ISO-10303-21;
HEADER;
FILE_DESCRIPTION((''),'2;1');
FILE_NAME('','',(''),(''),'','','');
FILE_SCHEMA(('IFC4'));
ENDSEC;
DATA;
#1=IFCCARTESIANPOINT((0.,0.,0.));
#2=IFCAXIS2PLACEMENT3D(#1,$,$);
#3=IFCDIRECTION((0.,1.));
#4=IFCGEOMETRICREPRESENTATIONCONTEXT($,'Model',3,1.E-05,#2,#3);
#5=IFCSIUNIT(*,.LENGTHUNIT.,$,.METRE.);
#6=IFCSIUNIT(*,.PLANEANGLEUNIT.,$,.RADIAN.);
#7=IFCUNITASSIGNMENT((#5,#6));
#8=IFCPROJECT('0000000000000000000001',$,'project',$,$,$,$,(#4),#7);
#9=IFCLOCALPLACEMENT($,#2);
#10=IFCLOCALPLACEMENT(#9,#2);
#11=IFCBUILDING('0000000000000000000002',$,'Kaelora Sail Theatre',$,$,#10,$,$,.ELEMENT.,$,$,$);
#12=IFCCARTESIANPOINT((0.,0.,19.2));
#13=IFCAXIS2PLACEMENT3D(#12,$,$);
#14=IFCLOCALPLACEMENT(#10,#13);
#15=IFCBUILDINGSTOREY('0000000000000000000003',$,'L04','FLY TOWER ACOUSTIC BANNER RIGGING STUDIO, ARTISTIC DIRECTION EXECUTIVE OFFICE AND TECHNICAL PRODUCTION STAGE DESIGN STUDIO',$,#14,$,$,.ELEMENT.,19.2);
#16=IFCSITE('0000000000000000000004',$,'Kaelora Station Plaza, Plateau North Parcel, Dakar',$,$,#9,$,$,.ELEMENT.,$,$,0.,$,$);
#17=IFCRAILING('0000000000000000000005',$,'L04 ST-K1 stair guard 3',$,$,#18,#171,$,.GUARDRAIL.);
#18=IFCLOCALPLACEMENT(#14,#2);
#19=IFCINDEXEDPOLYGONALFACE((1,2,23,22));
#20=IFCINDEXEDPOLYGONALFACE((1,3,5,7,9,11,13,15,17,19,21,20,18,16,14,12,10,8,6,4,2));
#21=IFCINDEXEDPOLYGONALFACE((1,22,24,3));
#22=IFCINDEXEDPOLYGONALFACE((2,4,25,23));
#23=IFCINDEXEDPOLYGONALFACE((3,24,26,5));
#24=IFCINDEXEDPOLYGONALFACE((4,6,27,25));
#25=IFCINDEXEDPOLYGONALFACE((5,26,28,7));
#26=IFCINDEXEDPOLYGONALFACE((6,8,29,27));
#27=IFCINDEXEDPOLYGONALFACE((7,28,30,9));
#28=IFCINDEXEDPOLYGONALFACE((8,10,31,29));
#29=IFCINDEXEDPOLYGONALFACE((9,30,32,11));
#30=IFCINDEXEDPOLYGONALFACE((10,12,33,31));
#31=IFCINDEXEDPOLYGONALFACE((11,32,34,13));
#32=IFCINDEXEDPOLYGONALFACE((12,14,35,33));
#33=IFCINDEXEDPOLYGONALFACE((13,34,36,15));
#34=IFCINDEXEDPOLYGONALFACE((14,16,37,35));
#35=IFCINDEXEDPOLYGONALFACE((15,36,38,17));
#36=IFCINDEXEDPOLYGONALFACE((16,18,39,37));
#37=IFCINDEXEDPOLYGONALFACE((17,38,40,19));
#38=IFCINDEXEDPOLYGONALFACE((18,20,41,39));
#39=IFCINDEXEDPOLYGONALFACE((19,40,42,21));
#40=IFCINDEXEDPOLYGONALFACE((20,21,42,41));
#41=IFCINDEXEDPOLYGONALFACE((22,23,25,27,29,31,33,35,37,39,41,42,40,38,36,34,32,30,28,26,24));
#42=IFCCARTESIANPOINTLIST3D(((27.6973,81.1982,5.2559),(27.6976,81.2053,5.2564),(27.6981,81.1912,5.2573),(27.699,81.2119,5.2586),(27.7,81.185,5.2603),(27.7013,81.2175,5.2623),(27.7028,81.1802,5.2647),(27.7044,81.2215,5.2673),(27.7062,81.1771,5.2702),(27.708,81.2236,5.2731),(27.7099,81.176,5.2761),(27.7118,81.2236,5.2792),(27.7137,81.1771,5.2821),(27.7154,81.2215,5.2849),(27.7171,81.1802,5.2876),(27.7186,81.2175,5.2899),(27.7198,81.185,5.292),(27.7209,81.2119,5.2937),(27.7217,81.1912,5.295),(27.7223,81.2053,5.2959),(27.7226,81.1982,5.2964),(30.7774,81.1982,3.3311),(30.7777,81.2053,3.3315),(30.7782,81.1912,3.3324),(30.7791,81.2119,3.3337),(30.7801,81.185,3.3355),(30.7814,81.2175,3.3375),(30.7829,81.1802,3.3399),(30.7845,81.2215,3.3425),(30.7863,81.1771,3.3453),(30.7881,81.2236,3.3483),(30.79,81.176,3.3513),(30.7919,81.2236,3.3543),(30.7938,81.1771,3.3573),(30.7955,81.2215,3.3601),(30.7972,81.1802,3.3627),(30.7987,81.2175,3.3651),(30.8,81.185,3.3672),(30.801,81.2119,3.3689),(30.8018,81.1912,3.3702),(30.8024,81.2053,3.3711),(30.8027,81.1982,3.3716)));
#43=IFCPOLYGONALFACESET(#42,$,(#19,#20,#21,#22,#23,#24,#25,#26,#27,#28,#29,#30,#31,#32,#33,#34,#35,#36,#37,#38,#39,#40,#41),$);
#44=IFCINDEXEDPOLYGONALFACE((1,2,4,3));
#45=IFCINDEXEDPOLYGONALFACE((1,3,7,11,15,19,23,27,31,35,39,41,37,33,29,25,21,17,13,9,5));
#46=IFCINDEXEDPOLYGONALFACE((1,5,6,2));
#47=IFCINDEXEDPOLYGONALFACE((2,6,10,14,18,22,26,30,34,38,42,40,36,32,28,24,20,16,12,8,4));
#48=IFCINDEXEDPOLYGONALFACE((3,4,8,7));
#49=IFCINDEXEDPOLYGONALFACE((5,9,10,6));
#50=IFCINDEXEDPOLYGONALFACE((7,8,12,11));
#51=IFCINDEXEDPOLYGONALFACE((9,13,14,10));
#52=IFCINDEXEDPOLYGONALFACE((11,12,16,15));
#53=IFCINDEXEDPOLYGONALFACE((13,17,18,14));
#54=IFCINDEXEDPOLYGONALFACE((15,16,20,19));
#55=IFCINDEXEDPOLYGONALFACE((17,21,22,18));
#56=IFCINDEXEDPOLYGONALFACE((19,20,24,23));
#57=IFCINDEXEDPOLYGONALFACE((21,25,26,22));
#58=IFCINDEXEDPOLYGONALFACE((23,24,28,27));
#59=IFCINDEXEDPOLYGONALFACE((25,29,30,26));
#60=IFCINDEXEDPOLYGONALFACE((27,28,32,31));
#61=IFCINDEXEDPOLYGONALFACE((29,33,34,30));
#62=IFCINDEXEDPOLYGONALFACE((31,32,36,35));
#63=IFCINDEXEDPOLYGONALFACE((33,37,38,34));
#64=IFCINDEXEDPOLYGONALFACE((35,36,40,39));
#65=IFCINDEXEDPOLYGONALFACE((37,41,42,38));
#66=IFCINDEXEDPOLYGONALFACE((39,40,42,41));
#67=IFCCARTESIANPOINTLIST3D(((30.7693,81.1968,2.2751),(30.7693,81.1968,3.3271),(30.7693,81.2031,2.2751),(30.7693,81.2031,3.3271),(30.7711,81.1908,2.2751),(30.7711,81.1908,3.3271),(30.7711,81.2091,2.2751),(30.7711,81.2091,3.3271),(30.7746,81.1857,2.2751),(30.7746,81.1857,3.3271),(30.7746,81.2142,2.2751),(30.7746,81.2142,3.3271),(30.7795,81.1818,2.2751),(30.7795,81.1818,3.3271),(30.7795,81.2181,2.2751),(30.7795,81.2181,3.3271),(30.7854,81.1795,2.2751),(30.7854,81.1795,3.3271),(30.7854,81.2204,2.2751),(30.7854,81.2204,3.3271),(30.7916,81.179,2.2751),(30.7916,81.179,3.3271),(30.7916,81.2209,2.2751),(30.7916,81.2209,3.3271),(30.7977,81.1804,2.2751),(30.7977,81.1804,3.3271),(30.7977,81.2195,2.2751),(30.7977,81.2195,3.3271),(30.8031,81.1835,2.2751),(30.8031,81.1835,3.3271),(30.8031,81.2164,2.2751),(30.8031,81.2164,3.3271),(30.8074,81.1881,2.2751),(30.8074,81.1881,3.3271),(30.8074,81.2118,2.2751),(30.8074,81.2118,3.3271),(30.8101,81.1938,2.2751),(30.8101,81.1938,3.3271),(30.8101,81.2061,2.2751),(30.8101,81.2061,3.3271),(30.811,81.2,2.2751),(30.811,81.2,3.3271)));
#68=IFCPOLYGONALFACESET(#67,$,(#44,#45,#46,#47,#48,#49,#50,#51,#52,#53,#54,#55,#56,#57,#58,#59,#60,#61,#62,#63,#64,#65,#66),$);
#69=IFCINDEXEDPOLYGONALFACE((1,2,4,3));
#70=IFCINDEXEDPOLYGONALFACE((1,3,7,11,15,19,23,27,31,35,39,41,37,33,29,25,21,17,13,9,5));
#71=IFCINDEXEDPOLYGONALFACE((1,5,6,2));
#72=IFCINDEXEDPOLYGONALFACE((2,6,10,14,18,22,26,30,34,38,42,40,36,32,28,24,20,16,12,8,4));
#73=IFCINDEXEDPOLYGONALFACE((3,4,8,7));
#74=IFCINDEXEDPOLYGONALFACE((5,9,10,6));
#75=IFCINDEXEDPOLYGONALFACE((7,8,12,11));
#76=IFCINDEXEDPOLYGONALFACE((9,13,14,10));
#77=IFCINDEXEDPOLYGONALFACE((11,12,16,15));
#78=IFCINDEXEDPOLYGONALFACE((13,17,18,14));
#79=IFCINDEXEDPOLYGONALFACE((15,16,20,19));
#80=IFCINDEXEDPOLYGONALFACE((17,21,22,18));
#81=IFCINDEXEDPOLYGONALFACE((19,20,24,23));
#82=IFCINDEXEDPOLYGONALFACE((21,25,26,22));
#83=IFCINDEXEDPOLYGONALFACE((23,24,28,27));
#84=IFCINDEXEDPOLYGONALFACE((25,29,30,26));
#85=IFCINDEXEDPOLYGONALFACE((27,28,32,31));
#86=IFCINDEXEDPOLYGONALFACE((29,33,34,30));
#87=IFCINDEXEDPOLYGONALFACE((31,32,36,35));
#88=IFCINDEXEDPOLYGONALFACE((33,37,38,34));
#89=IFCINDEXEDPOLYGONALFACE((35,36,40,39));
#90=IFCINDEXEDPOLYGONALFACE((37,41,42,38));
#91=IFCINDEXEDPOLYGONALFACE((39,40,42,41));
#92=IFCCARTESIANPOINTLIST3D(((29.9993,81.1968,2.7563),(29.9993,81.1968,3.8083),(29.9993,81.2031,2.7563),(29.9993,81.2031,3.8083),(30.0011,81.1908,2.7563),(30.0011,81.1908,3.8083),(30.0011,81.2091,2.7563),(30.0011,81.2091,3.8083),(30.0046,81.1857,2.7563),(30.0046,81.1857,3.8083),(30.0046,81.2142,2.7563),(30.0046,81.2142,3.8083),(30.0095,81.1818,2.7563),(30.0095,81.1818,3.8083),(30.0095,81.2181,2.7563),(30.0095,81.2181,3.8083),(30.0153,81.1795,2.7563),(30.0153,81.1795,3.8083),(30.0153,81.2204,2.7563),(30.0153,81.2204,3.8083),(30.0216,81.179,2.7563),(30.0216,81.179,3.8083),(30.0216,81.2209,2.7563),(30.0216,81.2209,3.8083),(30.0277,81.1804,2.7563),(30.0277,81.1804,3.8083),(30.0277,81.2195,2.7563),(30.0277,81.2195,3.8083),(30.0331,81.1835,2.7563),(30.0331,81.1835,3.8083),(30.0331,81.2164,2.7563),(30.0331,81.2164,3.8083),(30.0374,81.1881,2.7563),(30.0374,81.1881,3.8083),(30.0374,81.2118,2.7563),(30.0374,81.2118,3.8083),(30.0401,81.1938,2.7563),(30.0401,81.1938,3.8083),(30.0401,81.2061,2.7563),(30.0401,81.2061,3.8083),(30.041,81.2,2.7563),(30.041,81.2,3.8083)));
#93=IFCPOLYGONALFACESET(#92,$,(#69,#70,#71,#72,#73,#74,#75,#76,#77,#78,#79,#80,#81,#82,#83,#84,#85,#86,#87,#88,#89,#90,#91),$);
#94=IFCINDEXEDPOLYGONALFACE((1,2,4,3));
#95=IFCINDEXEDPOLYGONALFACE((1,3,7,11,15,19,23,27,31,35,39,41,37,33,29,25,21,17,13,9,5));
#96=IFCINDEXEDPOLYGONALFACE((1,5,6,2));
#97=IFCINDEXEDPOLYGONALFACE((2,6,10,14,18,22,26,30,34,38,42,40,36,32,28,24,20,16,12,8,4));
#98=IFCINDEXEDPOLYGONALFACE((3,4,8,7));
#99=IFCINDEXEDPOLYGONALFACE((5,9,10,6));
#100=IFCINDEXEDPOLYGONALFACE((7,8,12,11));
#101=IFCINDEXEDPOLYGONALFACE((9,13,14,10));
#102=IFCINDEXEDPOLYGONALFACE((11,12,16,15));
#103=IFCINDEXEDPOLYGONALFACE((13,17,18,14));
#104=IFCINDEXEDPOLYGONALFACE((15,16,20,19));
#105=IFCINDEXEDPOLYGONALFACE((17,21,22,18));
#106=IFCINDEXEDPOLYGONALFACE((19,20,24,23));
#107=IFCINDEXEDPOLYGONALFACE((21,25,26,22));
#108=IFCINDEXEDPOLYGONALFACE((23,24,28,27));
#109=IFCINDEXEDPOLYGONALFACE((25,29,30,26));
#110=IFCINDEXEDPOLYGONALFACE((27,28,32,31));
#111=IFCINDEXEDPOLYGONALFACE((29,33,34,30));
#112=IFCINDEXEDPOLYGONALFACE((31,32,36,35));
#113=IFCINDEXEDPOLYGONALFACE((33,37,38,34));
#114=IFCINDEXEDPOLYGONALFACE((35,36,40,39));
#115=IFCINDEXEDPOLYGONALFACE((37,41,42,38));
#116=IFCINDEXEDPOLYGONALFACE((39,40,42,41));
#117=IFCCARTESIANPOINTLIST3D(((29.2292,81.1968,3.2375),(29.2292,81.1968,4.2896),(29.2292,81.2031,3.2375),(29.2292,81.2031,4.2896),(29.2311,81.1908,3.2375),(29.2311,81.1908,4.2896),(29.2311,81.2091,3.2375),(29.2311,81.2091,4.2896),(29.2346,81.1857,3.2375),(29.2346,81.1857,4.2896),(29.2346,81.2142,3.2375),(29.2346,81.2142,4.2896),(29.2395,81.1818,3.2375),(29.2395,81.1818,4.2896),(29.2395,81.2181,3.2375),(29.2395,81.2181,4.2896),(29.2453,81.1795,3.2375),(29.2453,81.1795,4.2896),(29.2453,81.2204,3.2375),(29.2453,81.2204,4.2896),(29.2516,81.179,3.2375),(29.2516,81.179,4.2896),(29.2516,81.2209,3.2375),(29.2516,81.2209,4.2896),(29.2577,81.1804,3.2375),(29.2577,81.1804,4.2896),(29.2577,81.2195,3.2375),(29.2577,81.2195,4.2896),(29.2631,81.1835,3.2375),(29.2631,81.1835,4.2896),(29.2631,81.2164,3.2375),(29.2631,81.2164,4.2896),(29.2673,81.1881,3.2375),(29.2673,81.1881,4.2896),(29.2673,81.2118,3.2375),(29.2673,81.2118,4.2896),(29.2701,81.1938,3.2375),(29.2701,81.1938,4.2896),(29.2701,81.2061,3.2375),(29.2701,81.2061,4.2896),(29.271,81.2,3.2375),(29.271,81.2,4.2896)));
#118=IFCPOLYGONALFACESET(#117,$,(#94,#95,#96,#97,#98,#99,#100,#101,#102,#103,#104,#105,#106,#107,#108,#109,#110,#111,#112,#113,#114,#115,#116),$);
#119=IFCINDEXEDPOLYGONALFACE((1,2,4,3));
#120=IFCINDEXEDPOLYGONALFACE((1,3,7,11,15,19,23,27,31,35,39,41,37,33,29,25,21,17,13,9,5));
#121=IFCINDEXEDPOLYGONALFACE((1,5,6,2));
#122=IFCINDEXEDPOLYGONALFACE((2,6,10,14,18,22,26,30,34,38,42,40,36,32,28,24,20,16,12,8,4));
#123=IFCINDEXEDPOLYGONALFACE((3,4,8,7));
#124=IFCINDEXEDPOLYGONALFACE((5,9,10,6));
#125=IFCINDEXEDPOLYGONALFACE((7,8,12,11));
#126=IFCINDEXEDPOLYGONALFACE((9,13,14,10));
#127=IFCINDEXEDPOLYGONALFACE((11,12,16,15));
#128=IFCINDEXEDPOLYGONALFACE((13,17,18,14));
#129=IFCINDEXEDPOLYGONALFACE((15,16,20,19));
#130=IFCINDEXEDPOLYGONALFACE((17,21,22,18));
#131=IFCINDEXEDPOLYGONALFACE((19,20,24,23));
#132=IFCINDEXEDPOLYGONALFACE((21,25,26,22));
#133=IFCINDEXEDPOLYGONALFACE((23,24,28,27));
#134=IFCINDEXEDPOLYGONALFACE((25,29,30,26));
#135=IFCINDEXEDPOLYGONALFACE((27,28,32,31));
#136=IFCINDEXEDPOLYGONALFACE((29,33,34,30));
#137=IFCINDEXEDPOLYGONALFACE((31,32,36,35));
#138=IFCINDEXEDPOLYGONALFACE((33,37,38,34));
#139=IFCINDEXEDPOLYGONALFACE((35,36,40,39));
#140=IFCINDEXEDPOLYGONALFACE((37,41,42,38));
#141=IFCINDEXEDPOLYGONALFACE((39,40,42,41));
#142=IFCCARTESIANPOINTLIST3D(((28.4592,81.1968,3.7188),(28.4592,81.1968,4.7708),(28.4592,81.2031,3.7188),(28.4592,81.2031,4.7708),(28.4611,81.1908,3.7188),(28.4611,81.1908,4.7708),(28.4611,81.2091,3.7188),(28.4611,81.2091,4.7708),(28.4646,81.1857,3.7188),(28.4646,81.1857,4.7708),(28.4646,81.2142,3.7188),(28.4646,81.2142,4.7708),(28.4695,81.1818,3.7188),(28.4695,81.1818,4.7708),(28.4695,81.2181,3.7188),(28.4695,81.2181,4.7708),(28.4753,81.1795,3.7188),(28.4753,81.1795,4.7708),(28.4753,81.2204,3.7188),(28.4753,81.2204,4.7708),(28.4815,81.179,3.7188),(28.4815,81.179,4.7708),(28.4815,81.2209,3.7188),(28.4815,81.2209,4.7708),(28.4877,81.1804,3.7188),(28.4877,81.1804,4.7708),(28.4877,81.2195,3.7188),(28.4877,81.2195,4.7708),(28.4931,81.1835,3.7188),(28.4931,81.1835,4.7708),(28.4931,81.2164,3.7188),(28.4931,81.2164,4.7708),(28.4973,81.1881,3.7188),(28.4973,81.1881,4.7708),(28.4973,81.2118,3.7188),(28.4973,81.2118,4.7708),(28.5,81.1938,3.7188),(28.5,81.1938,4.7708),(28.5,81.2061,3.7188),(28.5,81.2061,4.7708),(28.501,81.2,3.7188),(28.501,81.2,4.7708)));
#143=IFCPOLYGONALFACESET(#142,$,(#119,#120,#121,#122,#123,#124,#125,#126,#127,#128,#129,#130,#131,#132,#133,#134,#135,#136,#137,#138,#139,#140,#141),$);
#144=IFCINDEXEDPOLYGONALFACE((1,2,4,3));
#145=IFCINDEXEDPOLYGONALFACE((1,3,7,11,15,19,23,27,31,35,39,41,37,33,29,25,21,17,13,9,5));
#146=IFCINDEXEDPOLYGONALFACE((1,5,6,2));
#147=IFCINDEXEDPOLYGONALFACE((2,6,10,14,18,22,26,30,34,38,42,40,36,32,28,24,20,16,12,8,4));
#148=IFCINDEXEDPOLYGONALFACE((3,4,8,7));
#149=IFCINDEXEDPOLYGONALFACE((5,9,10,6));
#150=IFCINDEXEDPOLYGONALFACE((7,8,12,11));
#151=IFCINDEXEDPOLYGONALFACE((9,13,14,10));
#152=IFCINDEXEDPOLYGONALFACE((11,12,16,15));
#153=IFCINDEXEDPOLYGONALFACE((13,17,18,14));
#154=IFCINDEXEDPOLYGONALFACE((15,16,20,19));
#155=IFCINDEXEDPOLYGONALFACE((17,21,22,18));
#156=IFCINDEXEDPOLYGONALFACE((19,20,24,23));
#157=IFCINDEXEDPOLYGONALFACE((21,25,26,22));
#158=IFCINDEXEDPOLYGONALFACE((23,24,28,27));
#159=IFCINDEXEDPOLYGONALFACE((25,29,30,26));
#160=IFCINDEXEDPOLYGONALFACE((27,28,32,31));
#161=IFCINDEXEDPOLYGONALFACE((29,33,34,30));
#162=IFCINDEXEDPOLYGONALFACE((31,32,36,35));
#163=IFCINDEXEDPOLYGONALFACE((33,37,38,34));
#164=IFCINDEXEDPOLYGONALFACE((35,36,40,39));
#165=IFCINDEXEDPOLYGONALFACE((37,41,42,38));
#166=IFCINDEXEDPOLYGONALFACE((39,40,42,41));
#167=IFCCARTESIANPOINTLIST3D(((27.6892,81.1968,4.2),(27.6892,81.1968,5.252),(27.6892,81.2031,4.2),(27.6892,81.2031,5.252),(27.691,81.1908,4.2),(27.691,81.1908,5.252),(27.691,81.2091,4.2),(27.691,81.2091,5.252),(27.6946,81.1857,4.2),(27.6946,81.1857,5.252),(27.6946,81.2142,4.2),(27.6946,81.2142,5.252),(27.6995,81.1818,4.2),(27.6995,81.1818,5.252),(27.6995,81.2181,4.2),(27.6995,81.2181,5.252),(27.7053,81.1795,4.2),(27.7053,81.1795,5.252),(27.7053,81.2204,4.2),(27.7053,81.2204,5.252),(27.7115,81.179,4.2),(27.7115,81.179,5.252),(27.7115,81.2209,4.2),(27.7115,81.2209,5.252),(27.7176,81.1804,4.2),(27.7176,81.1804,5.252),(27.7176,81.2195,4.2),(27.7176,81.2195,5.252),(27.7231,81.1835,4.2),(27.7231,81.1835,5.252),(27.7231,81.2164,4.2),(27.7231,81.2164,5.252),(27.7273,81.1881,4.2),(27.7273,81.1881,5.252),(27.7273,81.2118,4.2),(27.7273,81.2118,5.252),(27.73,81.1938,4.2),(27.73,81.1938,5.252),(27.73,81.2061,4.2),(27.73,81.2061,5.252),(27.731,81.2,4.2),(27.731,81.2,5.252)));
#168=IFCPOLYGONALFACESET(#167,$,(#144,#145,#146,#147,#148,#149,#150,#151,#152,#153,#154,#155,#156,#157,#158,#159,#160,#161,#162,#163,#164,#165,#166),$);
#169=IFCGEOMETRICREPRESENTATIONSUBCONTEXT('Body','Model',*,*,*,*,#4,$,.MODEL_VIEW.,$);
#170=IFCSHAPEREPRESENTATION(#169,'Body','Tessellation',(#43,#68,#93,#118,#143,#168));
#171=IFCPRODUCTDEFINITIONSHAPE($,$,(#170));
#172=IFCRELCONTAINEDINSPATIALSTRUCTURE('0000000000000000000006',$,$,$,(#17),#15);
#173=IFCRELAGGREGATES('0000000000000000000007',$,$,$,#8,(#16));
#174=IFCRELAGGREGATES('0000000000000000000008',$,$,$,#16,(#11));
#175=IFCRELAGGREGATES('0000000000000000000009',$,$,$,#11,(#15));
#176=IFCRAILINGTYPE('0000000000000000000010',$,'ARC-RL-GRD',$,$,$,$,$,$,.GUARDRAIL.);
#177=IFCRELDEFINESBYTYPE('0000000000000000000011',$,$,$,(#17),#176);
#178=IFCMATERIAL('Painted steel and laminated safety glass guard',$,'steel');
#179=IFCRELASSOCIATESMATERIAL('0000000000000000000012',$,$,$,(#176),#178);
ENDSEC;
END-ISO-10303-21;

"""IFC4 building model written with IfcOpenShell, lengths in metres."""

from ifc_helpers import new_model, si_unit, direction, frame, origin, origin_2d, place, context, subcontext, project, spatial, circle, extrude, material, type_object, element, save


model = new_model("IFC4")

# Units and contexts
model_context = context("Model", 3, precision=1e-05, world=origin(), true_north=direction((0.0, 1.0)))
body_context = subcontext(model_context, "Body", "Model", "MODEL_VIEW")
ifc_project = project(units=[si_unit("LENGTHUNIT", "METRE"), si_unit("PLANEANGLEUNIT", "RADIAN")], contexts=[model_context])

# Site, building, storey
site_placement = place(None, origin())
site = spatial("IfcSite", under=ifc_project, at=site_placement, Name="Kaelora Station Plaza, Plateau North Parcel, Dakar", CompositionType="ELEMENT", RefElevation=0.0)
building_placement = place(site_placement, origin())
building = spatial("IfcBuilding", under=site, at=building_placement, Name="Kaelora Sail Theatre", CompositionType="ELEMENT")
storey_placement = place(building_placement, frame((0.0, 0.0, 19.2)))
storey = spatial("IfcBuildingStorey", under=building, at=storey_placement, Name="L04", Description="FLY TOWER ACOUSTIC BANNER RIGGING STUDIO, ARTISTIC DIRECTION EXECUTIVE OFFICE AND TECHNICAL PRODUCTION STAGE DESIGN STUDIO", CompositionType="ELEMENT", Elevation=19.2)

# Railing
ifc_material_1 = material(Name="Painted steel and laminated safety glass guard", Category="steel")
railing_type_1 = type_object("IfcRailingType", Name="ARC-RL-GRD", PredefinedType="GUARDRAIL", material=ifc_material_1)
railing_1_placement = place(storey_placement, frame((30.79, 81.2, 2.2751)))
element("IfcRailing", 1, at=railing_1_placement, inside=storey, type_object=railing_type_1, Name="L04 ST-K1 stair guard 3", PredefinedType="GUARDRAIL", context=body_context, shape_type="SweptSolid", body=[
    extrude(circle(Radius=0.0239, at=origin_2d()), frame((0.0, 0.0, 1.0762), z_axis=(-0.848029, 0.0, 0.529951), x_axis=(0.0, -1.0, 0.0)), (0.0, 0.0, 1.0), 3.6321),
    extrude(circle(Radius=0.021, at=origin_2d()), origin(), (0.0, 0.0, 1.0), 1.052),
    extrude(circle(Radius=0.021, at=origin_2d()), frame((-0.77, 0.0, 0.4812)), (0.0, 0.0, 1.0), 1.052),
    extrude(circle(Radius=0.021, at=origin_2d()), frame((-1.54, 0.0, 0.9624)), (0.0, 0.0, 1.0), 1.052),
    extrude(circle(Radius=0.021, at=origin_2d()), frame((-2.3101, 0.0, 1.4436)), (0.0, 0.0, 1.0), 1.052),
    extrude(circle(Radius=0.021, at=origin_2d()), frame((-3.0801, 0.0, 1.9248)), (0.0, 0.0, 1.0), 1.052),
])

save(model, "model.ifc")
